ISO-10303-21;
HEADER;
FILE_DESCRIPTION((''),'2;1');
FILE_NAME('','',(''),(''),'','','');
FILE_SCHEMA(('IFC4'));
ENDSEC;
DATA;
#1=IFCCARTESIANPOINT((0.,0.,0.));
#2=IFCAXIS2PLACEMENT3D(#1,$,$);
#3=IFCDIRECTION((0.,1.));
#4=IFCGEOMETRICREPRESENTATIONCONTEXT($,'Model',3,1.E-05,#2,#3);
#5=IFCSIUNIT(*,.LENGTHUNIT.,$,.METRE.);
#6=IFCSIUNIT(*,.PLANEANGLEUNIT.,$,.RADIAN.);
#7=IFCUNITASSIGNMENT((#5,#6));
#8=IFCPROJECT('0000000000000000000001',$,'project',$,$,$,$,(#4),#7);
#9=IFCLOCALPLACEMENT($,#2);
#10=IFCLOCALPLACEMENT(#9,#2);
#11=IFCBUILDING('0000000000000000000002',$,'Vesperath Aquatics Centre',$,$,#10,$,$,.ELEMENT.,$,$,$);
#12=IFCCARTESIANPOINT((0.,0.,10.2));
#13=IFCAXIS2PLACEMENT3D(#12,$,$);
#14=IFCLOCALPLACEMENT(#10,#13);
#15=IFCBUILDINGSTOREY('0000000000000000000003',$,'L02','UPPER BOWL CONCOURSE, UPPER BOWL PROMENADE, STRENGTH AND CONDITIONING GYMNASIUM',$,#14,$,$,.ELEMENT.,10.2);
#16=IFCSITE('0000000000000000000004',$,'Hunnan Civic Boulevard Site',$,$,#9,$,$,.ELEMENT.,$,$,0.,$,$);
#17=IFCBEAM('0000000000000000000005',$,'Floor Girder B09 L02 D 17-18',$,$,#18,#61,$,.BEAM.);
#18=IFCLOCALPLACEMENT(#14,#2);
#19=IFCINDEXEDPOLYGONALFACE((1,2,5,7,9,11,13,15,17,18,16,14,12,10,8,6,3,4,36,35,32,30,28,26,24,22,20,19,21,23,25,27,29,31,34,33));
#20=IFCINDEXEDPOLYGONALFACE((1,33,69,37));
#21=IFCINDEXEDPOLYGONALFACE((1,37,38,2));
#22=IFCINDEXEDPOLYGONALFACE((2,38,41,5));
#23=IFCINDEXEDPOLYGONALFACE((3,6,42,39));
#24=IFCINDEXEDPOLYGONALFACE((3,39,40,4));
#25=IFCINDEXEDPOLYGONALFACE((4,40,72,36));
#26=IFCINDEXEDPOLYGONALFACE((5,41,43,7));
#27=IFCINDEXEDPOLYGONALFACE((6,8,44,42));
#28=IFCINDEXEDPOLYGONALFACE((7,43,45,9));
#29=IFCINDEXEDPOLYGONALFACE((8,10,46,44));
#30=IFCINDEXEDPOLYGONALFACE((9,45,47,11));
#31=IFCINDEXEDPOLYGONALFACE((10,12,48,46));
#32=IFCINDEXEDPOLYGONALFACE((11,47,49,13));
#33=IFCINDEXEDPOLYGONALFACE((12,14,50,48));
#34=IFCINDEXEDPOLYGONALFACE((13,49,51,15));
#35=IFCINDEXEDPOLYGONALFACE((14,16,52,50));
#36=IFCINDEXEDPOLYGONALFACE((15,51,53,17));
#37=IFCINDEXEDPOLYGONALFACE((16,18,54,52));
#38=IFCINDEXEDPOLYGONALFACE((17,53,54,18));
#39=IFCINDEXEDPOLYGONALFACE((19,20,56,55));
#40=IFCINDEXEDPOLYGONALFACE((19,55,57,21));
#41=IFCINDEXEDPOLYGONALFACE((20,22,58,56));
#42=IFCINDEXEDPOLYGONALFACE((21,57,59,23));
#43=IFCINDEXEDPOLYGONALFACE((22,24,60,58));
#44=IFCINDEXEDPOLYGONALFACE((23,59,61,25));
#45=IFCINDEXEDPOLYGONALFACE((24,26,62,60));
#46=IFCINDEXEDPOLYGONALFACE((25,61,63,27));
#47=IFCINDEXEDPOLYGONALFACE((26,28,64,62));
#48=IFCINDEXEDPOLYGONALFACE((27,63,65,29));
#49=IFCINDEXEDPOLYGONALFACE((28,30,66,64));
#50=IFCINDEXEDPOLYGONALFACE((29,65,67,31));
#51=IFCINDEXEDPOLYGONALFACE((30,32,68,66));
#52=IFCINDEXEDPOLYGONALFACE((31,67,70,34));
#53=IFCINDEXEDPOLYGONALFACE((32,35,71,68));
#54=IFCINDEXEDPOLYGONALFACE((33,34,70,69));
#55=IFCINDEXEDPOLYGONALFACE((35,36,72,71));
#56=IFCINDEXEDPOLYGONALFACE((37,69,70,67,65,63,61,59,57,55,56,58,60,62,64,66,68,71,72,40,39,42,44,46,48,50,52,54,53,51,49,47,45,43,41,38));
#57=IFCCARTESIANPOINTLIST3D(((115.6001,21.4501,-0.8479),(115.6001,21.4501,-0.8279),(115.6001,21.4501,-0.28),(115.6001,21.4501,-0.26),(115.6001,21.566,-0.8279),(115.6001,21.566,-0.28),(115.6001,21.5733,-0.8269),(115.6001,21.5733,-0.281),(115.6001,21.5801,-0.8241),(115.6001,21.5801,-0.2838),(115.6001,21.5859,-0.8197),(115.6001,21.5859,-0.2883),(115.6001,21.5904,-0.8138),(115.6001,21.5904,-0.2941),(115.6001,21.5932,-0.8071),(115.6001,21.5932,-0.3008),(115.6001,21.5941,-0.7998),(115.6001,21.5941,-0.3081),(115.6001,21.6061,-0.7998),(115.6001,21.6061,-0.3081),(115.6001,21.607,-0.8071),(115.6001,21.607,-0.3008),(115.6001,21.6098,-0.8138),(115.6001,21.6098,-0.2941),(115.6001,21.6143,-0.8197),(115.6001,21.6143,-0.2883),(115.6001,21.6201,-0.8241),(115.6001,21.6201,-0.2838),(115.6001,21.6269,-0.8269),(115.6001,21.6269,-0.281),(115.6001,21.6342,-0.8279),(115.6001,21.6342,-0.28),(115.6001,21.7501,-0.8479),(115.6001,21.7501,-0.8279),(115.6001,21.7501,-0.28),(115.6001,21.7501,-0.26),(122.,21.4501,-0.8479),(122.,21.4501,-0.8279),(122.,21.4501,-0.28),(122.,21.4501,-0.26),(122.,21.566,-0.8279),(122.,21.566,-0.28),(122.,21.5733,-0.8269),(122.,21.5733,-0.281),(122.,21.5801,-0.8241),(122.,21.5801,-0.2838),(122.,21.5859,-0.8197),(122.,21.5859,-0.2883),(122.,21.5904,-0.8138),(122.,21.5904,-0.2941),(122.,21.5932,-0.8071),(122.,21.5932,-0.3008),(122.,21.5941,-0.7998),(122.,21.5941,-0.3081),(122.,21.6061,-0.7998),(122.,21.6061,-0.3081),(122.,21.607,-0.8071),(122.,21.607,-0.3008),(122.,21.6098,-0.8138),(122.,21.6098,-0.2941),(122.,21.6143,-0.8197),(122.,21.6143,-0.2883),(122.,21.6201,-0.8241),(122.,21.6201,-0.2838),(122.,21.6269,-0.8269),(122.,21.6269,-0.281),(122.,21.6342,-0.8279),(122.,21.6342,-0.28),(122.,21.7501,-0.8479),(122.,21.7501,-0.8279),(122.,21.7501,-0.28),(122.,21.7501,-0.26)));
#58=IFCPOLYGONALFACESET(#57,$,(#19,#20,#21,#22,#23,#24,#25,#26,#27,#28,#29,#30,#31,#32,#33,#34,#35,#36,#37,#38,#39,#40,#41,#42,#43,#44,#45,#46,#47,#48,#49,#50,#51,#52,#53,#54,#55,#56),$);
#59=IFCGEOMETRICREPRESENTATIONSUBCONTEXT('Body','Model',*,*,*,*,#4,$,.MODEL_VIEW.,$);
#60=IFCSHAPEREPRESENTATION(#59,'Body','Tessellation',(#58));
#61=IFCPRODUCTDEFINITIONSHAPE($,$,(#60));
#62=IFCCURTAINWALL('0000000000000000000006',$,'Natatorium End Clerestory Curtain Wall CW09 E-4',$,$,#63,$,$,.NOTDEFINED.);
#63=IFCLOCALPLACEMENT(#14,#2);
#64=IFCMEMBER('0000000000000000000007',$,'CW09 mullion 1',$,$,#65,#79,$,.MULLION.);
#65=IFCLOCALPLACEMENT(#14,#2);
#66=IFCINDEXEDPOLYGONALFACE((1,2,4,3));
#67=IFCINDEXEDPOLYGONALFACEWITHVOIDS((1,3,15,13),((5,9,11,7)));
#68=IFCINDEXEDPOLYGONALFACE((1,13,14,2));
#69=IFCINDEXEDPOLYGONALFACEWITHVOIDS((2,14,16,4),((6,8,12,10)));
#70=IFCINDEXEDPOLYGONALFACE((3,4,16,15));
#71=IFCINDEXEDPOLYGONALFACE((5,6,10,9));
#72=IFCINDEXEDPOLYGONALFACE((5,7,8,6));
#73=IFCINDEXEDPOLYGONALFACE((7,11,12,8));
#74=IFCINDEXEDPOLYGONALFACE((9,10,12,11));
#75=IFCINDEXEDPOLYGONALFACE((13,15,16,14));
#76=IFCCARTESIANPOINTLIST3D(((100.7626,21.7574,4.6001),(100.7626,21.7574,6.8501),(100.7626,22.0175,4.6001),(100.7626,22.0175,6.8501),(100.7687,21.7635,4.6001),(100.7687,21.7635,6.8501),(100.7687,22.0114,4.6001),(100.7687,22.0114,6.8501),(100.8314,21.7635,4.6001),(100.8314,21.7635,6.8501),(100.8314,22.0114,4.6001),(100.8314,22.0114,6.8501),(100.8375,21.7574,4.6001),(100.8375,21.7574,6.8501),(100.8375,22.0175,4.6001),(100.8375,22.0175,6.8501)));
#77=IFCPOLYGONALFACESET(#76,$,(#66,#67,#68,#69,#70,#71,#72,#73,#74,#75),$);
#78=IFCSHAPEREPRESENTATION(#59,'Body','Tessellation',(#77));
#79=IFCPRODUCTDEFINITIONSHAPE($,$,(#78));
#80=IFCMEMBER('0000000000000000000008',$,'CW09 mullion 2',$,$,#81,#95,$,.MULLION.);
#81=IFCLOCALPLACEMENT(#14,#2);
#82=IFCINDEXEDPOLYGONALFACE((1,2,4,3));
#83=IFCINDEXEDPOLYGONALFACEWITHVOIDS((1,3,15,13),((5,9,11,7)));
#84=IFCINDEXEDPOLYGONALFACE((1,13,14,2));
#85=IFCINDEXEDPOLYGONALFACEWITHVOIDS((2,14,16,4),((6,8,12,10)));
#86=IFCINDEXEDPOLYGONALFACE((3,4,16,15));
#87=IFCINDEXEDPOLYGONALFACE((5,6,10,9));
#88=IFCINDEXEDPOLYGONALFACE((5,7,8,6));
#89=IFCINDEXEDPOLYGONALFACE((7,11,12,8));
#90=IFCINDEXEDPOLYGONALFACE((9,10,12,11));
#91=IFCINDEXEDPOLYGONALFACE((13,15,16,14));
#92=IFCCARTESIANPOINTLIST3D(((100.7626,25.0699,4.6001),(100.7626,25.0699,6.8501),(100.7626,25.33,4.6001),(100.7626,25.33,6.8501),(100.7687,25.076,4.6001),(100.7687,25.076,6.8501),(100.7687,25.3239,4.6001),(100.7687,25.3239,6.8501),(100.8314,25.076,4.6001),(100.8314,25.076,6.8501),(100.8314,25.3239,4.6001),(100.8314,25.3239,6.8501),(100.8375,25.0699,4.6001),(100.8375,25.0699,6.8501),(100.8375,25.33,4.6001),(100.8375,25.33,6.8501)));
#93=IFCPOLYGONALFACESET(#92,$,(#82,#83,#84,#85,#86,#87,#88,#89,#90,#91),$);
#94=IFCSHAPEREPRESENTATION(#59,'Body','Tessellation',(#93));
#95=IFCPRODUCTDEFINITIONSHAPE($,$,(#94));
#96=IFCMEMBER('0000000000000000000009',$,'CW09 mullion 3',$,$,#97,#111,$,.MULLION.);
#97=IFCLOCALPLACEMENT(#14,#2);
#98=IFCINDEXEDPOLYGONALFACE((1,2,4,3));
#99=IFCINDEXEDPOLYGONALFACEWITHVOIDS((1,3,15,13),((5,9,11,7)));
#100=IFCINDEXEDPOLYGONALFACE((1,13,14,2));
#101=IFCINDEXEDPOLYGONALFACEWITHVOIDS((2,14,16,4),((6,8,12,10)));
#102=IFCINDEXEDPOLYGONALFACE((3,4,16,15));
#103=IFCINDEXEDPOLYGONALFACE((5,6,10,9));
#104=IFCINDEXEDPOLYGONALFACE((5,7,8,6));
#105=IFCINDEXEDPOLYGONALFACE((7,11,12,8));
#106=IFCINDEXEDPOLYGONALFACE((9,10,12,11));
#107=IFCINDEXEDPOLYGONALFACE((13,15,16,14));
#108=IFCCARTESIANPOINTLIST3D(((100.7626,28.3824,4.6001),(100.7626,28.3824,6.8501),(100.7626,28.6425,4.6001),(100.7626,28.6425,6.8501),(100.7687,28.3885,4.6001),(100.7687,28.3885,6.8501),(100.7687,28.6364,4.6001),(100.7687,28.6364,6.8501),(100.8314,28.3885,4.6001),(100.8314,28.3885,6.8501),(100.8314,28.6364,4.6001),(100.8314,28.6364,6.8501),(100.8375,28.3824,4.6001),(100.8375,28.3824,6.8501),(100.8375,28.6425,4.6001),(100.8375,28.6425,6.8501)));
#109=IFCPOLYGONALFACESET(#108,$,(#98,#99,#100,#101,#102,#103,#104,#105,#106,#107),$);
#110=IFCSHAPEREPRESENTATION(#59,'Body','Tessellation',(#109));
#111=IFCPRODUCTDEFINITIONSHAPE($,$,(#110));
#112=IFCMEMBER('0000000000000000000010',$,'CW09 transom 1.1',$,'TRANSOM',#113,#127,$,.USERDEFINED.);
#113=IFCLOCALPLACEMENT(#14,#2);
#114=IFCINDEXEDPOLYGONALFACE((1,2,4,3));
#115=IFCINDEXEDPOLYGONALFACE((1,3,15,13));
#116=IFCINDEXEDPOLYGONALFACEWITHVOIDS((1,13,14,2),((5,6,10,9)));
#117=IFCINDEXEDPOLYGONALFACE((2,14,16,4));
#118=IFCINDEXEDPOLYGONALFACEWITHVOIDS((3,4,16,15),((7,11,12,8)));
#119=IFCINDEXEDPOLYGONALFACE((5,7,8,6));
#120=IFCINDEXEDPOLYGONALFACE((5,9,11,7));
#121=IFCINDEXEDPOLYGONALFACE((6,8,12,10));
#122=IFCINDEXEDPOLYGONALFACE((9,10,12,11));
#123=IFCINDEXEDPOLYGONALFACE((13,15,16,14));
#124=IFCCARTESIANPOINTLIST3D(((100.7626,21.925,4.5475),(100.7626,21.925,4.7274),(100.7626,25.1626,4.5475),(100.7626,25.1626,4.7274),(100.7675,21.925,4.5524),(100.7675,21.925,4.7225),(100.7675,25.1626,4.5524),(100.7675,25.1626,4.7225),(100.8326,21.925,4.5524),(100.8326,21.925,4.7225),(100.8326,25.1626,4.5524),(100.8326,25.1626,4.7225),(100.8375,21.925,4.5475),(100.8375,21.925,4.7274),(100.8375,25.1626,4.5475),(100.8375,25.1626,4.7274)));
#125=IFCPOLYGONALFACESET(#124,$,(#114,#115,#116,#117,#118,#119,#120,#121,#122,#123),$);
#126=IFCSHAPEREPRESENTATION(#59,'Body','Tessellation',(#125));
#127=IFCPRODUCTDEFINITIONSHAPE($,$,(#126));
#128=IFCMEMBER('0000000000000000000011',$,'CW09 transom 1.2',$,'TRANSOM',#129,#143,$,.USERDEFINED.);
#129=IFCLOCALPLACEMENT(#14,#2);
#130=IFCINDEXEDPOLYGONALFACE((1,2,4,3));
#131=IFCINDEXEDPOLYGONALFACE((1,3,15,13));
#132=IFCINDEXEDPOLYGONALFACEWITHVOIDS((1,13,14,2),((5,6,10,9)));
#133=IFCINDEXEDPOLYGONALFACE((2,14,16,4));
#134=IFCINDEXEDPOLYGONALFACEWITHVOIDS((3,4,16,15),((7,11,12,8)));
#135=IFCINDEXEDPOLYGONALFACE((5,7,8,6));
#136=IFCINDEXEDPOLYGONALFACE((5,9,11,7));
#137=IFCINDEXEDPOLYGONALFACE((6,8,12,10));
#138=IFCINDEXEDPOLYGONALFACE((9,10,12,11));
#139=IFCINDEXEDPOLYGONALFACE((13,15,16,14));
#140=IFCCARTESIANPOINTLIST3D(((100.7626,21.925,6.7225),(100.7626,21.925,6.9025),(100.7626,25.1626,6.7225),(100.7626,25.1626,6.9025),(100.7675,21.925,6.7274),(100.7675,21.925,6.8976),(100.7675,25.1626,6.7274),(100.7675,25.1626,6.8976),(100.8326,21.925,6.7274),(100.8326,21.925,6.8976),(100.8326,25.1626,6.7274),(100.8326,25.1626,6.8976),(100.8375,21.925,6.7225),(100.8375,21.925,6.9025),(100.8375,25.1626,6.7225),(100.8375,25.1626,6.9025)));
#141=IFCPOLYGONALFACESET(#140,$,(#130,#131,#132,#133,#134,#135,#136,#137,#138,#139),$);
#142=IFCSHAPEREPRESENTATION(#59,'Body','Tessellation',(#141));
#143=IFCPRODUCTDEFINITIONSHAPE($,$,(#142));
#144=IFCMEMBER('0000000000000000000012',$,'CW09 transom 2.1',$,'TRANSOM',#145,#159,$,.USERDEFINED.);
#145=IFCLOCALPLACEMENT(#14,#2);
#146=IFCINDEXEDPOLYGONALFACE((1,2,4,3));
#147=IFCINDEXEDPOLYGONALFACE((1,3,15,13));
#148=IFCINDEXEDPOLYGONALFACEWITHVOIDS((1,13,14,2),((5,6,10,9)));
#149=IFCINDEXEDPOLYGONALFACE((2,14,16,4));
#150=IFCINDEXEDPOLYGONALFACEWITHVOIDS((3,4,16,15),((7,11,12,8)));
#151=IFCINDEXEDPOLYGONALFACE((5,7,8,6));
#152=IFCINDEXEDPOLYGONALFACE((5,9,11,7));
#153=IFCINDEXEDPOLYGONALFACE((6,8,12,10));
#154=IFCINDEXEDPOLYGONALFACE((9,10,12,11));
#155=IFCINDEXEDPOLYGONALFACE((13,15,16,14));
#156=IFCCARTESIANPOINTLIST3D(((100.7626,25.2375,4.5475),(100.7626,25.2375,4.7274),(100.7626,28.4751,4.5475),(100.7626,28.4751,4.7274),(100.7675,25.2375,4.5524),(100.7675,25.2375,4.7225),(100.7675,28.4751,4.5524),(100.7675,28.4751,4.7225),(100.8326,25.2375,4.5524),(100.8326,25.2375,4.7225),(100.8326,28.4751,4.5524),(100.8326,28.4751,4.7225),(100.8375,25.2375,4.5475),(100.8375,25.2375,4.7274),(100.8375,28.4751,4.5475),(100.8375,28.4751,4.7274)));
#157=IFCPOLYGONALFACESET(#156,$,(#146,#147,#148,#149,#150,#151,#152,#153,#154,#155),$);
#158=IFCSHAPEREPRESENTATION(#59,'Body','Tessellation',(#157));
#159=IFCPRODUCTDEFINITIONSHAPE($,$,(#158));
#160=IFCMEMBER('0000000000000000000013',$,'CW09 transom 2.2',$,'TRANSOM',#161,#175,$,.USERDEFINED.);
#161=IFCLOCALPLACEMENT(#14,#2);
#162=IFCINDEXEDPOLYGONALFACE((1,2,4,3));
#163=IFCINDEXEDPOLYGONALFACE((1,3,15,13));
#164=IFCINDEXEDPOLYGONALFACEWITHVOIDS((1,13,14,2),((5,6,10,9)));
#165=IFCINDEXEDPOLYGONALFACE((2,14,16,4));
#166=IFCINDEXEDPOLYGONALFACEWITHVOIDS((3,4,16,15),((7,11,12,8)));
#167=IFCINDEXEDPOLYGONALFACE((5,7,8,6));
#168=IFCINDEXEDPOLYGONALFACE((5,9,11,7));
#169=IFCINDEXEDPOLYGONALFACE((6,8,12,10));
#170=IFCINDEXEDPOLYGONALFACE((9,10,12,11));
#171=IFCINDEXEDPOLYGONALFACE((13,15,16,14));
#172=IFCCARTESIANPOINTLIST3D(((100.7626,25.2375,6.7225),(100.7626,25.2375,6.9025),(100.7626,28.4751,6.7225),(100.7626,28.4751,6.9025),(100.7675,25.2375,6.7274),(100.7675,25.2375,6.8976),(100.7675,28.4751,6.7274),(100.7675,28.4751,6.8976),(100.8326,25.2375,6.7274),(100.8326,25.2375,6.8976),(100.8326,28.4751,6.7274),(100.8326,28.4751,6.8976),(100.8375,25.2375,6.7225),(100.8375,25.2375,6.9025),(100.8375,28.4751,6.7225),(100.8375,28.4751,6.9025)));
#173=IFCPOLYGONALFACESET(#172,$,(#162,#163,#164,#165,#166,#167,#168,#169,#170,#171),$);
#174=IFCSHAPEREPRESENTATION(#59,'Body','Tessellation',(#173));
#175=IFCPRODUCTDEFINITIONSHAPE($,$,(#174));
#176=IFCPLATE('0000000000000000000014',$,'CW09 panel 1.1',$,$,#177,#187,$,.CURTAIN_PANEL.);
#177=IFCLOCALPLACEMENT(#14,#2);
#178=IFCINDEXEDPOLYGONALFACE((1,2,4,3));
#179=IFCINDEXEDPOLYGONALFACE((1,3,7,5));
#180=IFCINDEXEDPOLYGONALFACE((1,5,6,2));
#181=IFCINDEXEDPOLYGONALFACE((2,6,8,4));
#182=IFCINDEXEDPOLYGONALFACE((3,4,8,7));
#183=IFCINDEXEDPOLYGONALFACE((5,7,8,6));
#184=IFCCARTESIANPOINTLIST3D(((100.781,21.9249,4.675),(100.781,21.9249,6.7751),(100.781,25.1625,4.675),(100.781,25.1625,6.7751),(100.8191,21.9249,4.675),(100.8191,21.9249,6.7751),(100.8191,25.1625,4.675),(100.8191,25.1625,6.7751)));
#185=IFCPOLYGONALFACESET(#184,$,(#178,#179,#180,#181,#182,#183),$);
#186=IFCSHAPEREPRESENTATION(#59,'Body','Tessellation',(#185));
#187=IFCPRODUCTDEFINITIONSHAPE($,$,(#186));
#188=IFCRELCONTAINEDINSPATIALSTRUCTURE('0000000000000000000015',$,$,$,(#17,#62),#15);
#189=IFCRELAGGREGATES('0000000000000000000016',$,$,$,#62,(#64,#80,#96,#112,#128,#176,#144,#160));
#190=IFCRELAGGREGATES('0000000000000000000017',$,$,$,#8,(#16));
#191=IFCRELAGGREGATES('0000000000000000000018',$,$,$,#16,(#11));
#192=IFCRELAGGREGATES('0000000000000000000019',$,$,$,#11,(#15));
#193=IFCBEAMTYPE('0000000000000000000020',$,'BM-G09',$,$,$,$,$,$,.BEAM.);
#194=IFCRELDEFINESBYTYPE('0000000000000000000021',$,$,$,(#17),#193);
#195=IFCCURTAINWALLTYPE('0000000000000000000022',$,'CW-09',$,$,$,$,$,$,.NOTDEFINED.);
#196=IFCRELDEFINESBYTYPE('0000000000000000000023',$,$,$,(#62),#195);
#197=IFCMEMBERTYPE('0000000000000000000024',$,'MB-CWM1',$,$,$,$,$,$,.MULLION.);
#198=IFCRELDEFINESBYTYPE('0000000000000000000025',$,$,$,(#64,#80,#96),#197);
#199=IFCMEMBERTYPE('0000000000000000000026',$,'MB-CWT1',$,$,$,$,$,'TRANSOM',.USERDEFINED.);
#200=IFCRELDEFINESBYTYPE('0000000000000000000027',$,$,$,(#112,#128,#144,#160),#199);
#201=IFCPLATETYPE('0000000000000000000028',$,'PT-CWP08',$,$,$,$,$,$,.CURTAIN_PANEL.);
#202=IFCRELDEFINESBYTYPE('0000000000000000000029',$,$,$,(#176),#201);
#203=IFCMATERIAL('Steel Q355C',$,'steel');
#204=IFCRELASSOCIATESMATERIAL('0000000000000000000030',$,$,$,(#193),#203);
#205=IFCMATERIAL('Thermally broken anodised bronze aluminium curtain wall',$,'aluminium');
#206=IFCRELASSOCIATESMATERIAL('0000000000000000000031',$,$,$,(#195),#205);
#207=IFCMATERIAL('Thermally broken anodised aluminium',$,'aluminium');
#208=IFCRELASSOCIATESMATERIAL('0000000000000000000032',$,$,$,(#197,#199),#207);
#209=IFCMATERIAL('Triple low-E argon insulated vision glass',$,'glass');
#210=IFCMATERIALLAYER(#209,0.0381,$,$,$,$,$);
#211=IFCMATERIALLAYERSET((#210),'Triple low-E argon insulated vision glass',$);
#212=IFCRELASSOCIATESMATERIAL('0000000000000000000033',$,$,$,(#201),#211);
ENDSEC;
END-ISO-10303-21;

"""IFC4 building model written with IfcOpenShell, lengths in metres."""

from ifc_helpers import new_model, si_unit, direction, frame, origin, origin_2d, place, context, subcontext, project, spatial, rectangle, hollow_rectangle, i_section, extrude, material, layer, layer_set, material_profile, profile_set, type_object, element, aggregate, save


model = new_model("IFC4")

# Units and contexts
model_context = context("Model", 3, precision=1e-05, world=origin(), true_north=direction((0.0, 1.0)))
body_context = subcontext(model_context, "Body", "Model", "MODEL_VIEW")
ifc_project = project(units=[si_unit("LENGTHUNIT", "METRE"), si_unit("PLANEANGLEUNIT", "RADIAN")], contexts=[model_context])

# Site, building, storey
site_placement = place(None, origin())
site = spatial("IfcSite", under=ifc_project, at=site_placement, Name="Hunnan Civic Boulevard Site", CompositionType="ELEMENT", RefElevation=0.0)
building_placement = place(site_placement, origin())
building = spatial("IfcBuilding", under=site, at=building_placement, Name="Vesperath Aquatics Centre", CompositionType="ELEMENT")
storey_placement = place(building_placement, frame((0.0, 0.0, 10.2)))
storey = spatial("IfcBuildingStorey", under=building, at=storey_placement, Name="L02", Description="UPPER BOWL CONCOURSE, UPPER BOWL PROMENADE, STRENGTH AND CONDITIONING GYMNASIUM", CompositionType="ELEMENT", Elevation=10.2)

# Beam
ifc_material_1 = material(Name="Steel Q355C", Category="steel")
ifc_material_profile_1 = material_profile(ifc_material_1, i_section(OverallWidth=0.3, OverallDepth=0.5879, WebThickness=0.012, FlangeThickness=0.02, FilletRadius=0.0281, at=origin_2d()), Name="HM 588x300x12x20")
ifc_profile_set_1 = profile_set([ifc_material_profile_1], Name="Steel Q355C")
beam_type_1 = type_object("IfcBeamType", Name="BM-G09", PredefinedType="BEAM", material=ifc_profile_set_1)
beam_1_placement = place(storey_placement, frame((115.6001, 21.6001, -0.554), z_axis=(1.0, 0.0, 0.0), x_axis=(0.0, 1.0, 0.0)))
element("IfcBeam", 1, at=beam_1_placement, inside=storey, type_object=beam_type_1, Name="Floor Girder B09 L02 D 17-18", PredefinedType="BEAM", context=body_context, shape_type="SweptSolid", body=[
    extrude(i_section(OverallWidth=0.3, OverallDepth=0.5879, WebThickness=0.012, FlangeThickness=0.02, FilletRadius=0.0281, at=origin_2d()), origin(), (0.0, 0.0, 1.0), 6.3999),
])

# Curtain wall, members, plate
ifc_material_2 = material(Name="Thermally broken anodised bronze aluminium curtain wall", Category="aluminium")
curtain_wall_type = type_object("IfcCurtainWallType", Name="CW-09", PredefinedType="NOTDEFINED", material=ifc_material_2)
curtain_wall_placement = place(storey_placement, origin())
curtain_wall = element("IfcCurtainWall", 2, at=curtain_wall_placement, inside=storey, type_object=curtain_wall_type, Name="Natatorium End Clerestory Curtain Wall CW09 E-4", PredefinedType="NOTDEFINED")
ifc_material_3 = material(Name="Thermally broken anodised aluminium", Category="aluminium")
ifc_material_profile_2 = material_profile(ifc_material_3, hollow_rectangle(XDim=0.075, YDim=0.26, WallThickness=0.0061, at=origin_2d()), Name="CWM 75x260x6")
ifc_profile_set_2 = profile_set([ifc_material_profile_2], Name="Thermally broken anodised aluminium")
member_type_1 = type_object("IfcMemberType", Name="MB-CWM1", PredefinedType="MULLION", material=ifc_profile_set_2)
member_1_placement = place(storey_placement, frame((100.8, 21.8875, 4.6001), z_axis=(0.0, 0.0, 1.0), x_axis=(-1.0, 0.0, 0.0)))
member_1 = element("IfcMember", 3, at=member_1_placement, type_object=member_type_1, Name="CW09 mullion 1", PredefinedType="MULLION", context=body_context, shape_type="SweptSolid", body=[
    extrude(hollow_rectangle(XDim=0.075, YDim=0.26, WallThickness=0.0061, at=origin_2d()), origin(), (0.0, 0.0, 1.0), 2.25),
])
member_2_placement = place(storey_placement, frame((100.8, 25.2, 4.6001), z_axis=(0.0, 0.0, 1.0), x_axis=(-1.0, 0.0, 0.0)))
member_2 = element("IfcMember", 4, at=member_2_placement, type_object=member_type_1, Name="CW09 mullion 2", PredefinedType="MULLION", context=body_context, shape_type="SweptSolid", body=[
    extrude(hollow_rectangle(XDim=0.075, YDim=0.26, WallThickness=0.0061, at=origin_2d()), origin(), (0.0, 0.0, 1.0), 2.25),
])
member_3_placement = place(storey_placement, frame((100.8, 28.5125, 4.6001), z_axis=(0.0, 0.0, 1.0), x_axis=(-1.0, 0.0, 0.0)))
member_3 = element("IfcMember", 5, at=member_3_placement, type_object=member_type_1, Name="CW09 mullion 3", PredefinedType="MULLION", context=body_context, shape_type="SweptSolid", body=[
    extrude(hollow_rectangle(XDim=0.075, YDim=0.26, WallThickness=0.0061, at=origin_2d()), origin(), (0.0, 0.0, 1.0), 2.25),
])
ifc_material_profile_3 = material_profile(ifc_material_3, hollow_rectangle(XDim=0.075, YDim=0.1799, WallThickness=0.0049, at=origin_2d()), Name="CWT 75x180x5")
ifc_profile_set_3 = profile_set([ifc_material_profile_3], Name="Thermally broken anodised aluminium")
member_type_2 = type_object("IfcMemberType", Name="MB-CWT1", ElementType="TRANSOM", PredefinedType="USERDEFINED", material=ifc_profile_set_3)
member_4_placement = place(storey_placement, frame((100.8, 21.925, 4.6375), z_axis=(0.0, 1.0, 0.0), x_axis=(-1.0, 0.0, 0.0)))
member_4 = element("IfcMember", 6, at=member_4_placement, type_object=member_type_2, Name="CW09 transom 1.1", ObjectType="TRANSOM", PredefinedType="USERDEFINED", context=body_context, shape_type="SweptSolid", body=[
    extrude(hollow_rectangle(XDim=0.075, YDim=0.1799, WallThickness=0.0049, at=origin_2d()), origin(), (0.0, 0.0, 1.0), 3.2375),
])
member_5_placement = place(storey_placement, frame((100.8, 21.925, 6.8125), z_axis=(0.0, 1.0, 0.0), x_axis=(-1.0, 0.0, 0.0)))
member_5 = element("IfcMember", 7, at=member_5_placement, type_object=member_type_2, Name="CW09 transom 1.2", ObjectType="TRANSOM", PredefinedType="USERDEFINED", context=body_context, shape_type="SweptSolid", body=[
    extrude(hollow_rectangle(XDim=0.075, YDim=0.1799, WallThickness=0.0049, at=origin_2d()), origin(), (0.0, 0.0, 1.0), 3.2375),
])
member_6_placement = place(storey_placement, frame((100.8, 25.2375, 4.6375), z_axis=(0.0, 1.0, 0.0), x_axis=(-1.0, 0.0, 0.0)))
member_6 = element("IfcMember", 8, at=member_6_placement, type_object=member_type_2, Name="CW09 transom 2.1", ObjectType="TRANSOM", PredefinedType="USERDEFINED", context=body_context, shape_type="SweptSolid", body=[
    extrude(hollow_rectangle(XDim=0.075, YDim=0.1799, WallThickness=0.0049, at=origin_2d()), origin(), (0.0, 0.0, 1.0), 3.2375),
])
member_7_placement = place(storey_placement, frame((100.8, 25.2375, 6.8125), z_axis=(0.0, 1.0, 0.0), x_axis=(-1.0, 0.0, 0.0)))
member_7 = element("IfcMember", 9, at=member_7_placement, type_object=member_type_2, Name="CW09 transom 2.2", ObjectType="TRANSOM", PredefinedType="USERDEFINED", context=body_context, shape_type="SweptSolid", body=[
    extrude(hollow_rectangle(XDim=0.075, YDim=0.1799, WallThickness=0.0049, at=origin_2d()), origin(), (0.0, 0.0, 1.0), 3.2375),
])
ifc_material_4 = material(Name="Triple low-E argon insulated vision glass", Category="glass")
ifc_layer_1 = layer(ifc_material_4, 0.0381)
ifc_layer_set_1 = layer_set([ifc_layer_1], Name="Triple low-E argon insulated vision glass")
plate_type = type_object("IfcPlateType", Name="PT-CWP08", PredefinedType="CURTAIN_PANEL", material=ifc_layer_set_1)
plate_1_placement = place(storey_placement, frame((100.8, 23.5437, 4.675), z_axis=(0.0, 0.0, 1.0), x_axis=(0.0, 1.0, 0.0)))
plate_1 = element("IfcPlate", 10, at=plate_1_placement, type_object=plate_type, Name="CW09 panel 1.1", PredefinedType="CURTAIN_PANEL", context=body_context, shape_type="SweptSolid", body=[
    extrude(rectangle(XDim=3.2375, YDim=0.0381, at=origin_2d()), origin(), (0.0, 0.0, 1.0), 2.1001),
])
aggregate(curtain_wall, [member_1, member_2, member_3, member_4, member_5, plate_1, member_6, member_7])

save(model, "model.ifc")
